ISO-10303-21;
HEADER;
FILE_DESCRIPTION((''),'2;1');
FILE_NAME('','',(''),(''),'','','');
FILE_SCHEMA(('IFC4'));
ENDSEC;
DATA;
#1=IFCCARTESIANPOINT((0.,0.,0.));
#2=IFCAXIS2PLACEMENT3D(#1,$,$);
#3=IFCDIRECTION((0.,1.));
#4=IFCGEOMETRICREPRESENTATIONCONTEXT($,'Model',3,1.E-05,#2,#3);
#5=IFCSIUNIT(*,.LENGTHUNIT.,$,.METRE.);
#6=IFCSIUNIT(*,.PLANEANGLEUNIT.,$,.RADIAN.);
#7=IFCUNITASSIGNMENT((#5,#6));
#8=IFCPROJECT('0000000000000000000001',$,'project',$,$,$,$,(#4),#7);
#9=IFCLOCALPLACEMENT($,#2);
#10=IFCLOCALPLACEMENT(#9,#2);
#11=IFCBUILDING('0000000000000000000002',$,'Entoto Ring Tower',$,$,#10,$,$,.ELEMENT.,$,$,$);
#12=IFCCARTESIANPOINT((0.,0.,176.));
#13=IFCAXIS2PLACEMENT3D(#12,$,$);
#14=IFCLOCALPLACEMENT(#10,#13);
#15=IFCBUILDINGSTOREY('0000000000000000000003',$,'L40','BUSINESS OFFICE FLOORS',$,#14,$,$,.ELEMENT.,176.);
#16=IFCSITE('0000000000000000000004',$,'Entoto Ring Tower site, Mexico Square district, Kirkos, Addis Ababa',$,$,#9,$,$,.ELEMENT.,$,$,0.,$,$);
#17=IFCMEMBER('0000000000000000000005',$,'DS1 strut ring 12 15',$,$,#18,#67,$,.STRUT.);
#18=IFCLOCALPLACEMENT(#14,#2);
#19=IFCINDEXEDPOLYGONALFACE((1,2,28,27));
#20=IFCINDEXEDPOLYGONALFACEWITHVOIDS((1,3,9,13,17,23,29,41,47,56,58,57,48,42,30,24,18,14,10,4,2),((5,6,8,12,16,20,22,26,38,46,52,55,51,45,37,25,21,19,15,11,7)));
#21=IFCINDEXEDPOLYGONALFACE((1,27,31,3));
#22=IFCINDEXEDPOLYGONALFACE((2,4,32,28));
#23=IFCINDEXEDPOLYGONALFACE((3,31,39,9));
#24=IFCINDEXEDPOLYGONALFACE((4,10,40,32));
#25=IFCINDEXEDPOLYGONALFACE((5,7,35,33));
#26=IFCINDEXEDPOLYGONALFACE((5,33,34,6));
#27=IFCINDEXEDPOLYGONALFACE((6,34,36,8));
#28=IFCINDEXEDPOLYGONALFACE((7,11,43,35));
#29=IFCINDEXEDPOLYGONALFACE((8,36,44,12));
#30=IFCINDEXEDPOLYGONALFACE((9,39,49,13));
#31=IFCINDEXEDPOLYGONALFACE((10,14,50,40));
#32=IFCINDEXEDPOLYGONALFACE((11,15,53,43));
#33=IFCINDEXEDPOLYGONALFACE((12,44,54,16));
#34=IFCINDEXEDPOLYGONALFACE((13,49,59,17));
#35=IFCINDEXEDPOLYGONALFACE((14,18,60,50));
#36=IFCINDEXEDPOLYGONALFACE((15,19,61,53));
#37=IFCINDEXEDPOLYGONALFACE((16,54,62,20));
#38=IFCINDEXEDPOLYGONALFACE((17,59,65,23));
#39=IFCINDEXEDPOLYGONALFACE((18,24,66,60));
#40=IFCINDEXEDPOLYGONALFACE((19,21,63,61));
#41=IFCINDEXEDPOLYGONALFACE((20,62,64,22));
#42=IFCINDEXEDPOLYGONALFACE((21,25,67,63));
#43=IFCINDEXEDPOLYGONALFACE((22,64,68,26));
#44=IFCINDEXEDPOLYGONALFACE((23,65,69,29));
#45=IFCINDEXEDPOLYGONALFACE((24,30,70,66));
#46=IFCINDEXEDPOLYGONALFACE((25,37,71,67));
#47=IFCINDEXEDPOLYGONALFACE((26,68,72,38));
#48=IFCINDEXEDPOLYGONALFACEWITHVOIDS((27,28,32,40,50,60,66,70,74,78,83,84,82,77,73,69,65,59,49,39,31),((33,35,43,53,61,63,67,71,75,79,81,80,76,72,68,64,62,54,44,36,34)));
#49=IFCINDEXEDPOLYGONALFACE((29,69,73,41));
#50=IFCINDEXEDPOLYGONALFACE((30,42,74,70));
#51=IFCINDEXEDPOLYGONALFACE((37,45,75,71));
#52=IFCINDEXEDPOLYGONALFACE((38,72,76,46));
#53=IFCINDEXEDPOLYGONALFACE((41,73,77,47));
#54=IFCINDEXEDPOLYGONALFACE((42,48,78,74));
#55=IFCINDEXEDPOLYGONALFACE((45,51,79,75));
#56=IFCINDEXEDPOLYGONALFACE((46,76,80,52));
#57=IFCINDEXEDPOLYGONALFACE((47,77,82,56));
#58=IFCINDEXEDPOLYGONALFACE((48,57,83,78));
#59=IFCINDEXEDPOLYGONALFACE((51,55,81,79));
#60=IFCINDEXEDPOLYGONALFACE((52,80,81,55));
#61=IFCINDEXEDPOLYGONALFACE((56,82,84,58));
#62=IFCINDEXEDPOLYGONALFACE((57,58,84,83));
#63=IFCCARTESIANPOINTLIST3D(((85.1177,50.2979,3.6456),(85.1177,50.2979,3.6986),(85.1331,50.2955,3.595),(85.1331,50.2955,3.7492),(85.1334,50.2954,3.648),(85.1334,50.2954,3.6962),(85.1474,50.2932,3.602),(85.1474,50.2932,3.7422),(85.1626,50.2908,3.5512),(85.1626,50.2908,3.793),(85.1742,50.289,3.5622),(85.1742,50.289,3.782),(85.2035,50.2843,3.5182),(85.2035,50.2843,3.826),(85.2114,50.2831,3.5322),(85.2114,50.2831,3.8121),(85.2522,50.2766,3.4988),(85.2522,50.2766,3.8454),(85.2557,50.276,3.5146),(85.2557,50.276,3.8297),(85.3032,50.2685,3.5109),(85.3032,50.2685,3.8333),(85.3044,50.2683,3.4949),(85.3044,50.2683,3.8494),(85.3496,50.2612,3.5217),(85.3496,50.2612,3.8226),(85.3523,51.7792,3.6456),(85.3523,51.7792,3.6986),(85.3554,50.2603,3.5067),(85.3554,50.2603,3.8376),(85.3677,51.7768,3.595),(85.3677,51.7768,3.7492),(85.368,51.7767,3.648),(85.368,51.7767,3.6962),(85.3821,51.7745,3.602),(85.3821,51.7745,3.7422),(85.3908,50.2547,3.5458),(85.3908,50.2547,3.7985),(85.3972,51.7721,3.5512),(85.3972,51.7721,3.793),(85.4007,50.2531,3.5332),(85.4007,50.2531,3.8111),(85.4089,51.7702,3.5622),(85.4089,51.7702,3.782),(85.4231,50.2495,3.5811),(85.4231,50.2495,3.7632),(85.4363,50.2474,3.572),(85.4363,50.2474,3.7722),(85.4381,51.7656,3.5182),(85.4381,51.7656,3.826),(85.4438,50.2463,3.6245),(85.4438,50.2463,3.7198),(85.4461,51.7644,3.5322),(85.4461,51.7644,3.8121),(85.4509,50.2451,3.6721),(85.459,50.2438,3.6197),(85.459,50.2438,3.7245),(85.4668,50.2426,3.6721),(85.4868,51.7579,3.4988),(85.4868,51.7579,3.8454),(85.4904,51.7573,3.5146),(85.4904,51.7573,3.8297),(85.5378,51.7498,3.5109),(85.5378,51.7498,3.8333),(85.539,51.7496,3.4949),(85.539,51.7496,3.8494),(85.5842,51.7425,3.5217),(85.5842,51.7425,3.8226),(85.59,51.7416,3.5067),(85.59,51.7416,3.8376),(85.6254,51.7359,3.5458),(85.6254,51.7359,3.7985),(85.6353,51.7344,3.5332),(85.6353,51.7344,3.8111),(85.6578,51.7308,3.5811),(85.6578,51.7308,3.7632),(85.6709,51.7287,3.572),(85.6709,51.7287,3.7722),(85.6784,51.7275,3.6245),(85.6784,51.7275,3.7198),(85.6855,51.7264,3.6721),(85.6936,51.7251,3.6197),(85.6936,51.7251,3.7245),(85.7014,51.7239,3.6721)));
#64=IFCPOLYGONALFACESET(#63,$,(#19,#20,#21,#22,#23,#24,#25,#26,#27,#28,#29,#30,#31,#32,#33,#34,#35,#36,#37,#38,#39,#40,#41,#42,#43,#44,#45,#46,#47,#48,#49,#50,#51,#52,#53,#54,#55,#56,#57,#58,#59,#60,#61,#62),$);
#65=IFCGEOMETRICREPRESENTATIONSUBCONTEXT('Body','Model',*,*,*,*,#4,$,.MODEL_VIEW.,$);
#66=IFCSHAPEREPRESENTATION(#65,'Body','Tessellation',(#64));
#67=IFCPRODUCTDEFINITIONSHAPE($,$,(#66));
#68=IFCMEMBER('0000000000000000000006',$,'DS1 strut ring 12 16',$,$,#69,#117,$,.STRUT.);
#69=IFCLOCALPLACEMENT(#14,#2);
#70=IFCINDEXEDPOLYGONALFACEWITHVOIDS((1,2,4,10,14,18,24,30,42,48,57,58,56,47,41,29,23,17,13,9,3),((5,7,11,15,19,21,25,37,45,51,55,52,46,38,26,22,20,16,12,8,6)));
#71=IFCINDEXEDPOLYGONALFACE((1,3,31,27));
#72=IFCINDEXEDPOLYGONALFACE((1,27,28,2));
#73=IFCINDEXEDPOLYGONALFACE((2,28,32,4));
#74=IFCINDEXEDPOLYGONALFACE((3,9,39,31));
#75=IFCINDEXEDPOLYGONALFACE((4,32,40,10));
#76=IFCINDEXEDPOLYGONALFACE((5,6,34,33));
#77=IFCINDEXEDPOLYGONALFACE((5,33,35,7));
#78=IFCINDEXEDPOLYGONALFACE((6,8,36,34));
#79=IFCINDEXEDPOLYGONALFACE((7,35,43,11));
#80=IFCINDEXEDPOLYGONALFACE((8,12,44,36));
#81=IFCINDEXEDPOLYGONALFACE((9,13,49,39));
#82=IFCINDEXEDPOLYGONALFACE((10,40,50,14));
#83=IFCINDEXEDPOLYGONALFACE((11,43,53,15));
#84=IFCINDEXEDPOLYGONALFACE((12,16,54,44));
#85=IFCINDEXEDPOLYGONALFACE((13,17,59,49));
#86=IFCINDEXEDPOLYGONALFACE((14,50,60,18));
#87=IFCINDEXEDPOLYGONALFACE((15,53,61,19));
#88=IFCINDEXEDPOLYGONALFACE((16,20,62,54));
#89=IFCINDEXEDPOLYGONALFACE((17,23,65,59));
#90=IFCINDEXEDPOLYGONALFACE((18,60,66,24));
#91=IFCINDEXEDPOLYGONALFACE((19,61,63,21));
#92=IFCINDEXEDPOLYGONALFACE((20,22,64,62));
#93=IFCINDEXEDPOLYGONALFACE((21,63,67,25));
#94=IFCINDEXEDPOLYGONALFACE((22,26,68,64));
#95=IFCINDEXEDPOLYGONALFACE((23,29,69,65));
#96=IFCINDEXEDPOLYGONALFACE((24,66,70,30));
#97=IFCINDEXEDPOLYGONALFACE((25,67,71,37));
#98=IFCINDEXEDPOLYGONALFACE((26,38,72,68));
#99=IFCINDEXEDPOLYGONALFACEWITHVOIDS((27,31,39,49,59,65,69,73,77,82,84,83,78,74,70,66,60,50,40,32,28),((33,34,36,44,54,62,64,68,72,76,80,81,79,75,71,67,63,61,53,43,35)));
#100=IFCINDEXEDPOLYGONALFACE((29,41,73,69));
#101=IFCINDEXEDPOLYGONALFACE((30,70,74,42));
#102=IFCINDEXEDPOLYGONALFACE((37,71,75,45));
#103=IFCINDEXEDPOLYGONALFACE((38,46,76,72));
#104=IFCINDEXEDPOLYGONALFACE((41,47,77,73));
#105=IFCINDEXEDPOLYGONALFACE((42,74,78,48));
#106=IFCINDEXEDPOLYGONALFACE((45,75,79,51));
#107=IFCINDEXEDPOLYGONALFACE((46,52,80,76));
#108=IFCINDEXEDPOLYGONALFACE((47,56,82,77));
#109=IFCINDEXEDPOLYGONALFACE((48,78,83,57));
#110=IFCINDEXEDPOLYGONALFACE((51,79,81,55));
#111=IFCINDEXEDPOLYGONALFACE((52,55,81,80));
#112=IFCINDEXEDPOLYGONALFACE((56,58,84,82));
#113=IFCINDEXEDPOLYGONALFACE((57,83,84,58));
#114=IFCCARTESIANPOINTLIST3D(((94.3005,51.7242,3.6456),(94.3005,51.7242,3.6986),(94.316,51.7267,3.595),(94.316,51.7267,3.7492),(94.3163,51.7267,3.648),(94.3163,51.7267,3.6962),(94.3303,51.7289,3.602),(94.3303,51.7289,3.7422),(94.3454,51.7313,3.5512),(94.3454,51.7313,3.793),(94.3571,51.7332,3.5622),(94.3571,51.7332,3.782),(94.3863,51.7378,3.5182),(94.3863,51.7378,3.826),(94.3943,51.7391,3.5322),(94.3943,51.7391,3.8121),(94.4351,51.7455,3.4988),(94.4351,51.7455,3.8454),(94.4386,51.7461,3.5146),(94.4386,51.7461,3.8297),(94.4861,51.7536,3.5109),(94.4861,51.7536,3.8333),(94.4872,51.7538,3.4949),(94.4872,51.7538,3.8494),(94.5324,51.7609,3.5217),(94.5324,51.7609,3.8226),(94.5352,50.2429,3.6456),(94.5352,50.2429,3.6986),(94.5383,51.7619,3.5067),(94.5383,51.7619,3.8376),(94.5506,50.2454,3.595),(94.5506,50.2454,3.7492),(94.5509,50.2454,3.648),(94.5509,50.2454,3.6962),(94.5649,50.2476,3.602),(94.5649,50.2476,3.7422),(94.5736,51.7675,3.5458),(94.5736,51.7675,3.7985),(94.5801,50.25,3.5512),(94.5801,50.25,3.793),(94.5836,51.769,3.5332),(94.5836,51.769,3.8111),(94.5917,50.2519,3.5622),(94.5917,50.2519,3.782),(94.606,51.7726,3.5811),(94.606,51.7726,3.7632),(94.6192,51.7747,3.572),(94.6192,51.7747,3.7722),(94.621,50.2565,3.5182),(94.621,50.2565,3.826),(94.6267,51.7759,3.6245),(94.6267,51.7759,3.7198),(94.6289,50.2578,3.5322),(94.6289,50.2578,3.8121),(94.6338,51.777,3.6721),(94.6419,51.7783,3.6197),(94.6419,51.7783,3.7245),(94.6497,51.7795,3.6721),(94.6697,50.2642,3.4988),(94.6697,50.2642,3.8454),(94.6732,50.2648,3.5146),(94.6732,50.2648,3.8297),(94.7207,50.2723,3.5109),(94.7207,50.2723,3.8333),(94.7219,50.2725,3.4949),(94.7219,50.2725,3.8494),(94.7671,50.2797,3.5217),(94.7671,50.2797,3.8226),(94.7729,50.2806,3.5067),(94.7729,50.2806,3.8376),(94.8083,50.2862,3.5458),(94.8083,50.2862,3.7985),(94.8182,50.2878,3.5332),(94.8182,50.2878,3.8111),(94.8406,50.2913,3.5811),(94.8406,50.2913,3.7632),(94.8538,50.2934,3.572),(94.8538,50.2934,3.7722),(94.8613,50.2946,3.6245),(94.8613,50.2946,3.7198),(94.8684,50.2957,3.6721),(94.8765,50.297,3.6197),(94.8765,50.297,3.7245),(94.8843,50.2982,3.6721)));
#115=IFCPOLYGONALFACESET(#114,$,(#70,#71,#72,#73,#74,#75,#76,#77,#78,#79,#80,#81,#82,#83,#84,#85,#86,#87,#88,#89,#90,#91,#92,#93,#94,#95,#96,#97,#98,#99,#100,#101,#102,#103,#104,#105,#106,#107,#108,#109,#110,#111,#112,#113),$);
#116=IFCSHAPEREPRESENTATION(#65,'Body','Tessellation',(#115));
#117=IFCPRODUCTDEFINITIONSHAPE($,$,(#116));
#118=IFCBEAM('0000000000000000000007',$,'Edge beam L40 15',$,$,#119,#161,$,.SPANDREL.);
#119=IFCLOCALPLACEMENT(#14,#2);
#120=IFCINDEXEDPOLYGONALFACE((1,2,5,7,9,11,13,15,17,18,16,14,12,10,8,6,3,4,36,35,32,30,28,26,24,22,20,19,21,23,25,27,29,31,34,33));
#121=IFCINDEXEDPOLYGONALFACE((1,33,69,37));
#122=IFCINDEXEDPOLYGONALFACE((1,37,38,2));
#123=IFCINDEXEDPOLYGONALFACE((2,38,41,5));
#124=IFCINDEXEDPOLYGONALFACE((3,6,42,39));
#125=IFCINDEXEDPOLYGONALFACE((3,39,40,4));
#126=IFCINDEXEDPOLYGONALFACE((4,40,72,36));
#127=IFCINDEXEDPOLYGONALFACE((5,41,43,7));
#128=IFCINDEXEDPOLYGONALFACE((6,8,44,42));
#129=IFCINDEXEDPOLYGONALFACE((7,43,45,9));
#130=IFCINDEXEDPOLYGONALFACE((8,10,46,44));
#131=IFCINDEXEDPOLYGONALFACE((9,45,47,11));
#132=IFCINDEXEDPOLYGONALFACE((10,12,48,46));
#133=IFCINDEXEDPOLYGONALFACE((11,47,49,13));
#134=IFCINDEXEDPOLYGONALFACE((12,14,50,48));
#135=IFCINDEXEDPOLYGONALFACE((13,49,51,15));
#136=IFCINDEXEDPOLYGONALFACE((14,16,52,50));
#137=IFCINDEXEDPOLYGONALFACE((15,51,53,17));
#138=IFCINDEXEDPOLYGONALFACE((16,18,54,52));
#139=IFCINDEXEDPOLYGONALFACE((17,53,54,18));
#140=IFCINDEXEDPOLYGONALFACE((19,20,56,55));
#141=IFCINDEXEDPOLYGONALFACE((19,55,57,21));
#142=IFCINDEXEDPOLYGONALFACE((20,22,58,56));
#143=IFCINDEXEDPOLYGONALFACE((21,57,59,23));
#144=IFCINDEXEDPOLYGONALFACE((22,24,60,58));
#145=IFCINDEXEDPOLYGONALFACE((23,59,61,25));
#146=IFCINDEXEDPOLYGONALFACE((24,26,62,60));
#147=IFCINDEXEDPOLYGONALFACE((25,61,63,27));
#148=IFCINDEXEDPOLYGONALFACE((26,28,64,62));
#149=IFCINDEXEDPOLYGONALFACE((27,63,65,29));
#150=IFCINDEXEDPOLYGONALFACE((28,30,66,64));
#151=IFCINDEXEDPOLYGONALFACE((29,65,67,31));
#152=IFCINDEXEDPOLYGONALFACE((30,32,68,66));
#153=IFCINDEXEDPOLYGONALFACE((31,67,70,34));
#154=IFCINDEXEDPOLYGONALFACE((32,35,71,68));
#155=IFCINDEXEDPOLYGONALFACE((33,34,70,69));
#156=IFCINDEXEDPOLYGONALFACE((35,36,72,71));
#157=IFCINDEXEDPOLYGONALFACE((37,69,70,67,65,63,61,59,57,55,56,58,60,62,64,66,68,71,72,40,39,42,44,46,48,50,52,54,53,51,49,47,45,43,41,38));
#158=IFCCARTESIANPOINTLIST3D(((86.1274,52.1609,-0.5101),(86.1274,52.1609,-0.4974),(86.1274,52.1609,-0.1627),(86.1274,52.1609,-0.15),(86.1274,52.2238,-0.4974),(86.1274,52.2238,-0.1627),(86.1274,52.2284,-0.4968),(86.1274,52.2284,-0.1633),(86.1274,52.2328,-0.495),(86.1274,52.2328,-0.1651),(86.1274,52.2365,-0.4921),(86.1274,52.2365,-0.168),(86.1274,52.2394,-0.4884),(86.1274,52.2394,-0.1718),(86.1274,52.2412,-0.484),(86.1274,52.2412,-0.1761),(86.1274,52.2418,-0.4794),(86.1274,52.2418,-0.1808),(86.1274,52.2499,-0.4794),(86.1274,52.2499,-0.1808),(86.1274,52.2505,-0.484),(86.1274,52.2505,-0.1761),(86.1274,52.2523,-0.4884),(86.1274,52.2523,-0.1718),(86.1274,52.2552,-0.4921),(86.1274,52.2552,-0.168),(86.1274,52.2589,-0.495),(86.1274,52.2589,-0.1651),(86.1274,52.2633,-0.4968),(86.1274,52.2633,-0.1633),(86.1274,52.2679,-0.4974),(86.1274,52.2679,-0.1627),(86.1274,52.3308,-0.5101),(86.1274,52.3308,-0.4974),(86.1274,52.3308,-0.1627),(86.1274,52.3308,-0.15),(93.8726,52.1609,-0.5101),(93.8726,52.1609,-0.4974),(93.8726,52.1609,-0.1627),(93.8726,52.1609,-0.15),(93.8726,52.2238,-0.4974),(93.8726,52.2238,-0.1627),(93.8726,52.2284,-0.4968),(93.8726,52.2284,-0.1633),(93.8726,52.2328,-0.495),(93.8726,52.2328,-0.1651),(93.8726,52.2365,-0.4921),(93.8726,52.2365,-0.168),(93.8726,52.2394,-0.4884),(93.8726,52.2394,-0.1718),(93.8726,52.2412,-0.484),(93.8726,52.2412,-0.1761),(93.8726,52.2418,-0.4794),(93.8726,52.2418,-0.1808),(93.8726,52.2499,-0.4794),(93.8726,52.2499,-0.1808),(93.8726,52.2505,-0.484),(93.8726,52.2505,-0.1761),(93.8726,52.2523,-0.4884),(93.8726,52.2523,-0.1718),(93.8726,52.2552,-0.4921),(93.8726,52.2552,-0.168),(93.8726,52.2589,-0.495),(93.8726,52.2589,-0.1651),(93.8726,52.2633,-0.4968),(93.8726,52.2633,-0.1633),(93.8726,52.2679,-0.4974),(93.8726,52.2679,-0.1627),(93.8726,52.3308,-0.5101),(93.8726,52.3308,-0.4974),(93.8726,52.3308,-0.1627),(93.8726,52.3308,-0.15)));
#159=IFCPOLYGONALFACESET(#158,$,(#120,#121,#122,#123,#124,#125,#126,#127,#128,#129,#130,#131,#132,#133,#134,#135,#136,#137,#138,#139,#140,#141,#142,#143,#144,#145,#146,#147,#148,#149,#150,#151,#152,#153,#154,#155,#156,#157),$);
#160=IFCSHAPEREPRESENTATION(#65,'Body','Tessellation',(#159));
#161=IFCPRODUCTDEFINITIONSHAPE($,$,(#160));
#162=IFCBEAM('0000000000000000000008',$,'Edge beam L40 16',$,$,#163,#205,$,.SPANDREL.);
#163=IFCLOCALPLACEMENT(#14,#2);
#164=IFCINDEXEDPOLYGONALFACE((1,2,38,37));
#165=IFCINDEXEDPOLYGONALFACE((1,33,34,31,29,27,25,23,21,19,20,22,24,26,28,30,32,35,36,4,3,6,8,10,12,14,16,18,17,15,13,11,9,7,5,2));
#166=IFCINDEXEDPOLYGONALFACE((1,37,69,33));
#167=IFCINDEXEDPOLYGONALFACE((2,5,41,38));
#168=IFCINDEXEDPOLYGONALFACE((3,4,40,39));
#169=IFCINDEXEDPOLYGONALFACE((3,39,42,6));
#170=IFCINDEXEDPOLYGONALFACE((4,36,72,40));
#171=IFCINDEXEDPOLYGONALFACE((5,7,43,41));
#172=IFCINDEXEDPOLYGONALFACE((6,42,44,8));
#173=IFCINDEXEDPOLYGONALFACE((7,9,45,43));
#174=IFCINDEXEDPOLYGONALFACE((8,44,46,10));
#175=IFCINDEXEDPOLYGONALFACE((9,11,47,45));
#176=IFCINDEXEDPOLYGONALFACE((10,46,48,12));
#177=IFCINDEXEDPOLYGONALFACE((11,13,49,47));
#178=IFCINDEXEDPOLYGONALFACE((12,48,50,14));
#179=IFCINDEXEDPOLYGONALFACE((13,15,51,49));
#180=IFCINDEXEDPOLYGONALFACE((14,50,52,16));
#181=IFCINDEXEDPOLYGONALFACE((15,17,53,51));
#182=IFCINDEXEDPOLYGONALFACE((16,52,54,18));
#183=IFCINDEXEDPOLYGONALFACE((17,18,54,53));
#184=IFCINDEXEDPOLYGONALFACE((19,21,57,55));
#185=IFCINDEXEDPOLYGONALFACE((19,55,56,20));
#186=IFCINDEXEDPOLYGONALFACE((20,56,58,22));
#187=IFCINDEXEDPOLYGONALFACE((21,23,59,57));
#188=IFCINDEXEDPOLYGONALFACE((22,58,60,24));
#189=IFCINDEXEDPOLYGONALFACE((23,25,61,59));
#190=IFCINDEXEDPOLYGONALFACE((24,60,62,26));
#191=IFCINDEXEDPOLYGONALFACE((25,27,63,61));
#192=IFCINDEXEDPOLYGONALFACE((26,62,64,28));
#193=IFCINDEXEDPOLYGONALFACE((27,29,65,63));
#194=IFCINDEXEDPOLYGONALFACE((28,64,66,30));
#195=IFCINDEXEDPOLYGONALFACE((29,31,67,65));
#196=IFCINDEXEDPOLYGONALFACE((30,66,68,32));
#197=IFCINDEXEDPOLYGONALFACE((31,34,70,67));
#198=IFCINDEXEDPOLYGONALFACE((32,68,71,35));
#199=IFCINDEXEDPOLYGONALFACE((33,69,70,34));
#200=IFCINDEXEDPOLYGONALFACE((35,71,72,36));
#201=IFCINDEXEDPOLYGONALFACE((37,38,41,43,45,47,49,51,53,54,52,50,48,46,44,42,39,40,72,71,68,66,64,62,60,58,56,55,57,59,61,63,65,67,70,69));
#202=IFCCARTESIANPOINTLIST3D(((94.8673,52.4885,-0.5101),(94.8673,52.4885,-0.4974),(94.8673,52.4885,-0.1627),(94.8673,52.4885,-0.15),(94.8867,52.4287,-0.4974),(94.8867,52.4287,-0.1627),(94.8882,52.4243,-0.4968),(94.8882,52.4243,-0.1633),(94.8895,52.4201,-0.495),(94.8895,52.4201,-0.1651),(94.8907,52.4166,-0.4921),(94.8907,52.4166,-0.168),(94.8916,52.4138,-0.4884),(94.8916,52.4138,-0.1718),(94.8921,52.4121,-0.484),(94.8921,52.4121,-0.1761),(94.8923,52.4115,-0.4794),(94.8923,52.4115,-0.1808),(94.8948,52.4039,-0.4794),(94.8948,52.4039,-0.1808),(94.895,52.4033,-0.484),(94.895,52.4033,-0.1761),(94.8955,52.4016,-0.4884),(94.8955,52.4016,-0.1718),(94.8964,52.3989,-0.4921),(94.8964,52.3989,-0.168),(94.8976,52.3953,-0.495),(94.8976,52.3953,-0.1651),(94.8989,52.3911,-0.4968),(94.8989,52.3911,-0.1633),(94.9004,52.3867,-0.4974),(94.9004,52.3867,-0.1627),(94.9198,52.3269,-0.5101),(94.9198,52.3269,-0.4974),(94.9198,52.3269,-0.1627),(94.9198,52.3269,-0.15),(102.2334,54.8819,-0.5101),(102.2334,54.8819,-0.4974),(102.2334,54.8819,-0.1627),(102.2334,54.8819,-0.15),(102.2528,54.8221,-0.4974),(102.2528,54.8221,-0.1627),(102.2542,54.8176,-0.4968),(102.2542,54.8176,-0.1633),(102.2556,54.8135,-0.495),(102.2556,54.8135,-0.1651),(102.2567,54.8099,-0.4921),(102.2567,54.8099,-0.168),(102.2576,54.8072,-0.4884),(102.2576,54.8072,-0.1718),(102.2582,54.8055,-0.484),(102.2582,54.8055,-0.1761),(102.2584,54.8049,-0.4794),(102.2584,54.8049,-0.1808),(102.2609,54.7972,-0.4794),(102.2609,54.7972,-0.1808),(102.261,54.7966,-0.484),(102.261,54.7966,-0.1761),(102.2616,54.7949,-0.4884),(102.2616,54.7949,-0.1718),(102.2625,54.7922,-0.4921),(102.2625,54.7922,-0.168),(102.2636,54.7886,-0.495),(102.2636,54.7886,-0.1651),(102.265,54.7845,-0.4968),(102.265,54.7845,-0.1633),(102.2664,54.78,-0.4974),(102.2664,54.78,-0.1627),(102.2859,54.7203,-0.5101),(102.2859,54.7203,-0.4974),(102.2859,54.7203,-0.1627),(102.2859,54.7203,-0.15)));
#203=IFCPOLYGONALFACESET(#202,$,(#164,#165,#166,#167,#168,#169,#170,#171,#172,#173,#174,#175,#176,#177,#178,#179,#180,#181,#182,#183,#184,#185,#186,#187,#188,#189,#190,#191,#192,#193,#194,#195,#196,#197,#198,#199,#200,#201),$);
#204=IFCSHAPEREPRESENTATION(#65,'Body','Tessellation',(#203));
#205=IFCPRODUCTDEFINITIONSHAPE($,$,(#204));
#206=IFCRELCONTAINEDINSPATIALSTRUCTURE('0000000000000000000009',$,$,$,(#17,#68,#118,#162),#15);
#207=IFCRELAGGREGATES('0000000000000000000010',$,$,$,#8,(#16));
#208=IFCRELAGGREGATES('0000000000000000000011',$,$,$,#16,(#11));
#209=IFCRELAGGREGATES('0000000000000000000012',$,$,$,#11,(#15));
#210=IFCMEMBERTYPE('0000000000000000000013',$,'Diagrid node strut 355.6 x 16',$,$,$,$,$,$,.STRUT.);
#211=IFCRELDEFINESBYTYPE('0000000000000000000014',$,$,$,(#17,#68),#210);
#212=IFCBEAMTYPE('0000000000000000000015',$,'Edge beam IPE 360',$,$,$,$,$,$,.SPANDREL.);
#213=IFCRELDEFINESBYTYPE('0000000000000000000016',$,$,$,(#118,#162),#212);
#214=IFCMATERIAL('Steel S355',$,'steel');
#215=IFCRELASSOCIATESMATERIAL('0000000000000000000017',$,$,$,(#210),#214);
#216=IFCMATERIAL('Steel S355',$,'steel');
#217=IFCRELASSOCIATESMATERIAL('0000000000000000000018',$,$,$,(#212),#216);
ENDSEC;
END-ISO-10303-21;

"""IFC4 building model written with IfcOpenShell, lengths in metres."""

from ifc_helpers import new_model, si_unit, direction, frame, origin, origin_2d, place, context, subcontext, project, spatial, circle, hollow_circle, i_section, extrude, material, material_profile, profile_set, type_object, element, save


model = new_model("IFC4")

# Units and contexts
model_context = context("Model", 3, precision=1e-05, world=origin(), true_north=direction((0.0, 1.0)))
body_context = subcontext(model_context, "Body", "Model", "MODEL_VIEW")
ifc_project = project(units=[si_unit("LENGTHUNIT", "METRE"), si_unit("PLANEANGLEUNIT", "RADIAN")], contexts=[model_context])

# Site, building, storey
site_placement = place(None, origin())
site = spatial("IfcSite", under=ifc_project, at=site_placement, Name="Entoto Ring Tower site, Mexico Square district, Kirkos, Addis Ababa", CompositionType="ELEMENT", RefElevation=0.0)
building_placement = place(site_placement, origin())
building = spatial("IfcBuilding", under=site, at=building_placement, Name="Entoto Ring Tower", CompositionType="ELEMENT")
storey_placement = place(building_placement, frame((0.0, 0.0, 176.0)))
storey = spatial("IfcBuildingStorey", under=building, at=storey_placement, Name="L40", Description="BUSINESS OFFICE FLOORS", CompositionType="ELEMENT", Elevation=176.0)

# Members
ifc_material_1 = material(Name="Steel S355", Category="steel")
ifc_material_profile_1 = material_profile(ifc_material_1, hollow_circle(Radius=0.1777, WallThickness=0.0161, at=origin_2d()), Name="CHS 355.6 x 16")
ifc_material_2 = material(Name="Concrete C60/75", Category="concrete")
ifc_material_profile_2 = material_profile(ifc_material_2, circle(Radius=0.1619, at=origin_2d()), Name="Concrete C60/75 infill")
ifc_profile_set_1 = profile_set([ifc_material_profile_1, ifc_material_profile_2], Name="Steel S355")
member_type = type_object("IfcMemberType", Name="Diagrid node strut 355.6 x 16", PredefinedType="STRUT", material=ifc_profile_set_1)
for number, where, z_axis, x_axis, name in (
    (1, (85.5259, 51.7517, 3.6721), (-0.156447, -0.987686, 0.0), (0.987686, -0.156447, 0.0), "DS1 strut ring 12 15"),
    (2, (94.4741, 51.7517, 3.6721), (0.156447, -0.987686, 0.0), (0.987686, 0.156447, 0.0), "DS1 strut ring 12 16"),
):
    element("IfcMember", number, at=place(storey_placement, frame(where, z_axis=z_axis, x_axis=x_axis)), inside=storey, type_object=member_type, Name=name, PredefinedType="STRUT", context=body_context, shape_type="SweptSolid", body=[
        extrude(hollow_circle(Radius=0.1777, WallThickness=0.0161, at=origin_2d()), origin(), (0.0, 0.0, 1.0), 1.4998),
    ])

# Beams
ifc_material_3 = material(Name="Steel S355", Category="steel")
ifc_material_profile_3 = material_profile(ifc_material_3, i_section(OverallWidth=0.1699, OverallDepth=0.3601, WebThickness=0.0081, FlangeThickness=0.0127, FilletRadius=0.0181, at=origin_2d()), Name="IPE 360")
ifc_profile_set_2 = profile_set([ifc_material_profile_3], Name="Steel S355")
beam_type_1 = type_object("IfcBeamType", Name="Edge beam IPE 360", PredefinedType="SPANDREL", material=ifc_profile_set_2)
for number, where, z_axis, x_axis, name in (
    (3, (86.1274, 52.2458, -0.3301), (1.0, 0.0, 0.0), (0.0, 1.0, 0.0), "Edge beam L40 15"),
    (4, (94.8936, 52.4077, -0.3301), (0.951058, 0.309013, 0.0), (-0.309013, 0.951058, 0.0), "Edge beam L40 16"),
):
    element("IfcBeam", number, at=place(storey_placement, frame(where, z_axis=z_axis, x_axis=x_axis)), inside=storey, type_object=beam_type_1, Name=name, PredefinedType="SPANDREL", context=body_context, shape_type="SweptSolid", body=[
        extrude(i_section(OverallWidth=0.1699, OverallDepth=0.3601, WebThickness=0.0081, FlangeThickness=0.0127, FilletRadius=0.0181, at=origin_2d()), origin(), (0.0, 0.0, 1.0), 7.7451),
    ])

save(model, "model.ifc")
